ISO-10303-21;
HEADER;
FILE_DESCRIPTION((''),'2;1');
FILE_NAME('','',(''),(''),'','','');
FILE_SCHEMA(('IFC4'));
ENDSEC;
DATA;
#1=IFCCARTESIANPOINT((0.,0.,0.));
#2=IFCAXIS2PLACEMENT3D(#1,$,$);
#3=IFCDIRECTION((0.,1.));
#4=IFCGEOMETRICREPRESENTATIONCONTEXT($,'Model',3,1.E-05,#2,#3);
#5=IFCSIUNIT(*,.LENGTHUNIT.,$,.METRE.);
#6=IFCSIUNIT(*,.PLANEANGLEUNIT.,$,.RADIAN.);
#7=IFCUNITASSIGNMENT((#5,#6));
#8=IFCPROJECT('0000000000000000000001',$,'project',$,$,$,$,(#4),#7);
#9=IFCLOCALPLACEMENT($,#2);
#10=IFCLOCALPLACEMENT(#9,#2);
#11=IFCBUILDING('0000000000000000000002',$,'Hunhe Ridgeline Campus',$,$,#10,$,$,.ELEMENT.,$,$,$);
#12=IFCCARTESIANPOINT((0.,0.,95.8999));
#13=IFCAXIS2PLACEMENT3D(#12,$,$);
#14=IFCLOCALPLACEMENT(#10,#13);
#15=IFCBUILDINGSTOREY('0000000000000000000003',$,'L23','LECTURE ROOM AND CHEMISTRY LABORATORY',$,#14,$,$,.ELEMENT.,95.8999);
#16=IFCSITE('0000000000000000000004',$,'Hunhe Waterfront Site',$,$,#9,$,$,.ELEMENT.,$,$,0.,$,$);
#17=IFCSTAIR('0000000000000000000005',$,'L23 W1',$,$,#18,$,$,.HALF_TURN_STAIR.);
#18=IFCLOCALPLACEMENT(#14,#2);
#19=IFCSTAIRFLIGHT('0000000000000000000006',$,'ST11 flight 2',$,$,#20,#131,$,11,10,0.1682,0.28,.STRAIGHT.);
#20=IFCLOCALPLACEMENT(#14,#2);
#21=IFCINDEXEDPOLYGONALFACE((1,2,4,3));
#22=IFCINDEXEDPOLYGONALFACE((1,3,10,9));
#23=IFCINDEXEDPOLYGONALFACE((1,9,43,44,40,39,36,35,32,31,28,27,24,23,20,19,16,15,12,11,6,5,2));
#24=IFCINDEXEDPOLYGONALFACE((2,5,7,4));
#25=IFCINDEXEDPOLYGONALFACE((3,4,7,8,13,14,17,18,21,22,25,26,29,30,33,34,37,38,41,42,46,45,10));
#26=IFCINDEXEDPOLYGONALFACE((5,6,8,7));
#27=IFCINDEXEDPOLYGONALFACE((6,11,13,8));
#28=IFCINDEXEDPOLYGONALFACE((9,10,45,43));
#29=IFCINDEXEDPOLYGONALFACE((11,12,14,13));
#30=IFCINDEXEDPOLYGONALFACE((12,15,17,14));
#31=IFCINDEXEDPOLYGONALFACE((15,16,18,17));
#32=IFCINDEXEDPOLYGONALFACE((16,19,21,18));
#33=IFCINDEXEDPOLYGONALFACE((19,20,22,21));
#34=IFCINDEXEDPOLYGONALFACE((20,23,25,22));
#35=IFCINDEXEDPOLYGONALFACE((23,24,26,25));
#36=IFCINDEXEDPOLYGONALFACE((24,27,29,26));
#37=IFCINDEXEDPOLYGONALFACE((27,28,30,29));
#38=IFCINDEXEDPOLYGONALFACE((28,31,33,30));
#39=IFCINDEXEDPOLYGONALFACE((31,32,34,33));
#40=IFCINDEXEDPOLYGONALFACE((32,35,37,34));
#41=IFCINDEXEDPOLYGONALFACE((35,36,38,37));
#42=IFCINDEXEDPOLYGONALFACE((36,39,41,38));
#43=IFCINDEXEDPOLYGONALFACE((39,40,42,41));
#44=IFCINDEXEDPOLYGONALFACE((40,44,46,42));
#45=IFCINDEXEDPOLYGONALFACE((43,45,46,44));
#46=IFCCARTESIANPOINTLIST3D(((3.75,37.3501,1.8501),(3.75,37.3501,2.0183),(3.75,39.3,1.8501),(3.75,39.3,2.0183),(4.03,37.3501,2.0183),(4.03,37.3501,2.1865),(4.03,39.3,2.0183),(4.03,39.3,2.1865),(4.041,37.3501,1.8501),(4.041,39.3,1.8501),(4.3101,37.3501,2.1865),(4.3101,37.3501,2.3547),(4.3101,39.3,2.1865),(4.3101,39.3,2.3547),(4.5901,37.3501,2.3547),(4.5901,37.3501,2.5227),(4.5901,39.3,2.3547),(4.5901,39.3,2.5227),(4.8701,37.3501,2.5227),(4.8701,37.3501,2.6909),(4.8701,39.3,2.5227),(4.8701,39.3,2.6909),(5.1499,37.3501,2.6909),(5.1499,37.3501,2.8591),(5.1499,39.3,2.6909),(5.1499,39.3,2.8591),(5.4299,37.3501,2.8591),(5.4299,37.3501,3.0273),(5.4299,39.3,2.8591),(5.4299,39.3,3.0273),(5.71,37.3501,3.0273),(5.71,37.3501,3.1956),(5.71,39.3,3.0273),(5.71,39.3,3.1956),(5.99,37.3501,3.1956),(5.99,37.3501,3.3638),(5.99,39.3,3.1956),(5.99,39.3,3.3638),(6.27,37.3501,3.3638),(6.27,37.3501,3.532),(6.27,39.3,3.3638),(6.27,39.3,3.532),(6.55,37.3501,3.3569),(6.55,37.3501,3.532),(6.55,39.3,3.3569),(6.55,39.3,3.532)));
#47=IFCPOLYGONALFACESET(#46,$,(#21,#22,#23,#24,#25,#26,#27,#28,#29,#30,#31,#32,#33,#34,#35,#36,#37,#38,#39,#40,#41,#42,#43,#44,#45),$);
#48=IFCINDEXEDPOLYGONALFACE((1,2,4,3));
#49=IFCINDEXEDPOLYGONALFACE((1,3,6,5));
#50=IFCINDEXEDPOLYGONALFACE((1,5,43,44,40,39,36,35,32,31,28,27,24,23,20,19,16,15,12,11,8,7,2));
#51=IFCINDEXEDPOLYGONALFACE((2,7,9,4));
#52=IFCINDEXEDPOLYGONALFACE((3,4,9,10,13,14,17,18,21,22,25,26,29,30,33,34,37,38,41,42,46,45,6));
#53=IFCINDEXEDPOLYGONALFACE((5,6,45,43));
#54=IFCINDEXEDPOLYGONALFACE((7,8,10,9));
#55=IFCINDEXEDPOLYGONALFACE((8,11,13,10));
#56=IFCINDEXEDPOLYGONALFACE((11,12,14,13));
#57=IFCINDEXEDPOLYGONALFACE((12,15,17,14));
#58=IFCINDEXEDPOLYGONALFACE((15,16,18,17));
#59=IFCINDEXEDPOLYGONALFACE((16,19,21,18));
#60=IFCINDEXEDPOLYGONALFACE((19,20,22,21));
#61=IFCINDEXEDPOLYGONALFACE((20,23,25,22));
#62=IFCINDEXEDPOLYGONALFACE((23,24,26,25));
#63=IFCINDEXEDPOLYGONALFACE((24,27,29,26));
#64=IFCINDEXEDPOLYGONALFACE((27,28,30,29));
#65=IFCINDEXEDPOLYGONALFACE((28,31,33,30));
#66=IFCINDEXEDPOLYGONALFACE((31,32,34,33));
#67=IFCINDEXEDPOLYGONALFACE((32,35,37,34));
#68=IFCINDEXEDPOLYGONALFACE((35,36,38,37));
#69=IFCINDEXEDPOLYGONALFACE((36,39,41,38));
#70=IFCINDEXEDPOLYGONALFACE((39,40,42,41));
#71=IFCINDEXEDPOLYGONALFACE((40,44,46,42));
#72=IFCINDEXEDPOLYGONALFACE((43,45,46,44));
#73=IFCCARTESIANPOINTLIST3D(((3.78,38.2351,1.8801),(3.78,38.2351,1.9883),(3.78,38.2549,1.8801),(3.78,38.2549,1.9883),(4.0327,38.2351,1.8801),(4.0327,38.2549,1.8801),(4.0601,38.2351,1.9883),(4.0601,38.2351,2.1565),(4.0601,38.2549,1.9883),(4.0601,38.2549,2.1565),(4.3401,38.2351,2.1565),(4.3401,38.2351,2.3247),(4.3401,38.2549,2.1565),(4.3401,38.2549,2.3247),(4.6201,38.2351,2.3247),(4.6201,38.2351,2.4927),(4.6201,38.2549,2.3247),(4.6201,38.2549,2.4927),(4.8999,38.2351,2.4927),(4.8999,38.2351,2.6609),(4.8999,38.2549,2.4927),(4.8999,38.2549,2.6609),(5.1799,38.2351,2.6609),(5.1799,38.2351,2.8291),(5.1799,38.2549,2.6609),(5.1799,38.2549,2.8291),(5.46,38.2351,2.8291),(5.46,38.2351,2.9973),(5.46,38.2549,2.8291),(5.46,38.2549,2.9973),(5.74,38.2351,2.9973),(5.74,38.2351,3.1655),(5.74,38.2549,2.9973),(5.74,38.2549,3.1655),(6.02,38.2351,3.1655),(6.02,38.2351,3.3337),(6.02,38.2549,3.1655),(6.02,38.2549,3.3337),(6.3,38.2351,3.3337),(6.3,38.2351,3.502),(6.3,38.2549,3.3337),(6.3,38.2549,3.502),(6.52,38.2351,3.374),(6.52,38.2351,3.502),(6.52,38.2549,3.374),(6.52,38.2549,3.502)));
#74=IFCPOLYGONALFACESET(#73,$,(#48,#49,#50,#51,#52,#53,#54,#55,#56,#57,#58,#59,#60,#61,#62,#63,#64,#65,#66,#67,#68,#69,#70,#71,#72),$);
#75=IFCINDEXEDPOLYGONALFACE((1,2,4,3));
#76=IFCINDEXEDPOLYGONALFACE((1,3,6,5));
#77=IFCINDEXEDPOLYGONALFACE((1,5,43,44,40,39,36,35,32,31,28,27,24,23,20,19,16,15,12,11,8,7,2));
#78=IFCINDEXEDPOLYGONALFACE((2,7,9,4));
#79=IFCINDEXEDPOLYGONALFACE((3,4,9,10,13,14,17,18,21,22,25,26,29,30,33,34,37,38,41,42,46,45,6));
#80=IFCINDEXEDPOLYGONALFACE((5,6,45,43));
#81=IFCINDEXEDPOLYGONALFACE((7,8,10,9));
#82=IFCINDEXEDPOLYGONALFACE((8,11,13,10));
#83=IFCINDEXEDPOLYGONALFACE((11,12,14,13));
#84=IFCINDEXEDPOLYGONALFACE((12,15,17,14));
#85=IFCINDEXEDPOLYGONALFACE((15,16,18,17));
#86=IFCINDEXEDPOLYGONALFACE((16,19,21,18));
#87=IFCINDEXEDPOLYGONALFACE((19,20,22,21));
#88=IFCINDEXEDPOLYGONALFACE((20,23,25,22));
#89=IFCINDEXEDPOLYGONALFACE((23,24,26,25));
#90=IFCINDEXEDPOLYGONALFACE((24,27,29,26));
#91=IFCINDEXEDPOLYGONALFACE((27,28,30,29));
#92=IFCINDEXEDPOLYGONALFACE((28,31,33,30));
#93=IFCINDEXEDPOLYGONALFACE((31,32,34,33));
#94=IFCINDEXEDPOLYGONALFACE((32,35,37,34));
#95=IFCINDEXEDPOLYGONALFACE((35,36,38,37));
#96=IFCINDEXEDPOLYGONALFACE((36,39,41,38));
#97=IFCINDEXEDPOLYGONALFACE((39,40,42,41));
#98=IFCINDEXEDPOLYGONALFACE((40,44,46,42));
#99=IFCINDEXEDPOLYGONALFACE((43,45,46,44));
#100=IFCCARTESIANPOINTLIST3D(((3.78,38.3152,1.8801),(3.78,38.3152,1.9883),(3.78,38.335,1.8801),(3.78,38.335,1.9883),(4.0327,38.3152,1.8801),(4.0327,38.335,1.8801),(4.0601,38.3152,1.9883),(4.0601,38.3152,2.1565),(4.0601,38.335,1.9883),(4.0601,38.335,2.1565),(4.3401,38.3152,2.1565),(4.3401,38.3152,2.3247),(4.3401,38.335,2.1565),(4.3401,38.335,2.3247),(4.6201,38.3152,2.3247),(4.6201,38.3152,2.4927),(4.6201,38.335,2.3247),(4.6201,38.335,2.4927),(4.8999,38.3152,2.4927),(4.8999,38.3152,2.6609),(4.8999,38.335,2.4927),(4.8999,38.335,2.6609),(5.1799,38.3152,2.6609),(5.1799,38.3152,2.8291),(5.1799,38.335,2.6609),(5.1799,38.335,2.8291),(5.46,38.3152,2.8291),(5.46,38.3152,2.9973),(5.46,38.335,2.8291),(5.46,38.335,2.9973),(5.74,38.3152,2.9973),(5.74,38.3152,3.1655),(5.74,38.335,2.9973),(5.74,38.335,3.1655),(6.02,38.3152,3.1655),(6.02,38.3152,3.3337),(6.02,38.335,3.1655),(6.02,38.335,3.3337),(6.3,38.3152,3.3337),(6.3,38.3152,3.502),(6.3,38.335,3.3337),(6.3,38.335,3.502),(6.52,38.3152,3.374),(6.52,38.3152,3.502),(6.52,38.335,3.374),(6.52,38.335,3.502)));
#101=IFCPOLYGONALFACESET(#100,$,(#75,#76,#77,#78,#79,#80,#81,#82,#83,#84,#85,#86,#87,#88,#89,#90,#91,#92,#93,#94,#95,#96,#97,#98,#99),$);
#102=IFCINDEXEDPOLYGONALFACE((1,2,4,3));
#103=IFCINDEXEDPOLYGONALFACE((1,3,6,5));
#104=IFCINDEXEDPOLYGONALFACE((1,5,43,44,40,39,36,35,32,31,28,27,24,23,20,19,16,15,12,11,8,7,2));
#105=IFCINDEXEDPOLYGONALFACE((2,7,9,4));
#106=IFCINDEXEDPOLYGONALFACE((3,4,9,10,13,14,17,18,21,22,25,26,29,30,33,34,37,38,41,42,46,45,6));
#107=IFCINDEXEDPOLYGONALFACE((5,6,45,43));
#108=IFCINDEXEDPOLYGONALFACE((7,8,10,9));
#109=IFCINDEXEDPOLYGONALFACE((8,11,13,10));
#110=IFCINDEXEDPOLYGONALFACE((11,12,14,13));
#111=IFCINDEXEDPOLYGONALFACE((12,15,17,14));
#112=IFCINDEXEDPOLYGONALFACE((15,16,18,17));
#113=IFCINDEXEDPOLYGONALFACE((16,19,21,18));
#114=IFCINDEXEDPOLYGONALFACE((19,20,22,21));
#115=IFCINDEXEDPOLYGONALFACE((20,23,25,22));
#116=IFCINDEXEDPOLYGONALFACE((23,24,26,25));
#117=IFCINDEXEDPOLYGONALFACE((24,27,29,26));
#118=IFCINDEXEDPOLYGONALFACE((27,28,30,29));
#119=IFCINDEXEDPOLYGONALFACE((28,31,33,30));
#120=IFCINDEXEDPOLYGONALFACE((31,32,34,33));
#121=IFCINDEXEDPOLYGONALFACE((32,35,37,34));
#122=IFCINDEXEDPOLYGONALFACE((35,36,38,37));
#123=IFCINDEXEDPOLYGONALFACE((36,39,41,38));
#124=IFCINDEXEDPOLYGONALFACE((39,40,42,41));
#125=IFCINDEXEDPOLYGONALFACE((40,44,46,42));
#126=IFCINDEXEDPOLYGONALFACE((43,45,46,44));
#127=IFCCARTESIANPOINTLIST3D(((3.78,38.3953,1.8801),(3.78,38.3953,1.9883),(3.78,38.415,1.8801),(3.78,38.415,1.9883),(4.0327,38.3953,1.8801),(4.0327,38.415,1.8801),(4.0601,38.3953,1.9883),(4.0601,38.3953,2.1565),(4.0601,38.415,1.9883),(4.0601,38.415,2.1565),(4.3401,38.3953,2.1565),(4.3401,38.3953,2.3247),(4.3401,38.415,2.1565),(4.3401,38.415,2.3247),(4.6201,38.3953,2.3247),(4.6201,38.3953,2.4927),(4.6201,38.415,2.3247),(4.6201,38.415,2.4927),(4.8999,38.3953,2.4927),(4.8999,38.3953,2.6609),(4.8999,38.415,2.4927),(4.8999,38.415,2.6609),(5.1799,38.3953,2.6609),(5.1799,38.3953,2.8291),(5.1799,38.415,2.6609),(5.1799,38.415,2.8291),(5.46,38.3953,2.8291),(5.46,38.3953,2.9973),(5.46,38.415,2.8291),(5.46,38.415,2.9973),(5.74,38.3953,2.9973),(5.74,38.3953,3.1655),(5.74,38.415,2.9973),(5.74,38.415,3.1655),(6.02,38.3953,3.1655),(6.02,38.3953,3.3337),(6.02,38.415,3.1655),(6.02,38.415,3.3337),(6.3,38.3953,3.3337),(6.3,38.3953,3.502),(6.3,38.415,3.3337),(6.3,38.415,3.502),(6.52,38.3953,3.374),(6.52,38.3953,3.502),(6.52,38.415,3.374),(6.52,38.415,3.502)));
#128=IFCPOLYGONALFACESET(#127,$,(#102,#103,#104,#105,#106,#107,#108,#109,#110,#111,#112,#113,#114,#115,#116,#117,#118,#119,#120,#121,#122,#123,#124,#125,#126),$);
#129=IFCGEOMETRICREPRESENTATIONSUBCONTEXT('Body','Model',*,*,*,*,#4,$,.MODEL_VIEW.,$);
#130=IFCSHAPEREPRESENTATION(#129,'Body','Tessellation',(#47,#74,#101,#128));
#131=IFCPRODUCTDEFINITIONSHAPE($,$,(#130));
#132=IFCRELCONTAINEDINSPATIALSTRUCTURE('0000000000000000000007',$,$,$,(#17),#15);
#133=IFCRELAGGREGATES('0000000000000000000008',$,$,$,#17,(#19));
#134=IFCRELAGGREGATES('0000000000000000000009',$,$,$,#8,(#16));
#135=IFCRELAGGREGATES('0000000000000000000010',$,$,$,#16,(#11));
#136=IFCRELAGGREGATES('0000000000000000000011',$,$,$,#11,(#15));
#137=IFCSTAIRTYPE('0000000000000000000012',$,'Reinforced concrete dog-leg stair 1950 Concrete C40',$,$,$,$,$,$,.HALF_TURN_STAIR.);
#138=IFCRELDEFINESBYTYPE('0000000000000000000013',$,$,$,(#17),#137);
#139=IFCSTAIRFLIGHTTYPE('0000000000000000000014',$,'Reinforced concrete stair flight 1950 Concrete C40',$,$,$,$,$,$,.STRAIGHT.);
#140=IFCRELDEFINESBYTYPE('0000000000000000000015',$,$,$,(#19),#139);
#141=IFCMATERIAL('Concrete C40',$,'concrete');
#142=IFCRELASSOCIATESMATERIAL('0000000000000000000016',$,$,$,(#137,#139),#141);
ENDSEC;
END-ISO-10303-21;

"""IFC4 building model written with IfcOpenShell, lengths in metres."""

from ifc_helpers import new_model, si_unit, direction, frame, origin, place, context, subcontext, project, spatial, polyline, outline, extrude, material, type_object, element, aggregate, save


model = new_model("IFC4")

# Units and contexts
model_context = context("Model", 3, precision=1e-05, world=origin(), true_north=direction((0.0, 1.0)))
body_context = subcontext(model_context, "Body", "Model", "MODEL_VIEW")
ifc_project = project(units=[si_unit("LENGTHUNIT", "METRE"), si_unit("PLANEANGLEUNIT", "RADIAN")], contexts=[model_context])

# Site, building, storey
site_placement = place(None, origin())
site = spatial("IfcSite", under=ifc_project, at=site_placement, Name="Hunhe Waterfront Site", CompositionType="ELEMENT", RefElevation=0.0)
building_placement = place(site_placement, origin())
building = spatial("IfcBuilding", under=site, at=building_placement, Name="Hunhe Ridgeline Campus", CompositionType="ELEMENT")
storey_placement = place(building_placement, frame((0.0, 0.0, 95.8999)))
storey = spatial("IfcBuildingStorey", under=building, at=storey_placement, Name="L23", Description="LECTURE ROOM AND CHEMISTRY LABORATORY", CompositionType="ELEMENT", Elevation=95.8999)

# Shared definitions
ifc_material_1 = material(Name="Concrete C40", Category="concrete")
stair_type = type_object("IfcStairType", Name="Reinforced concrete dog-leg stair 1950 Concrete C40", PredefinedType="HALF_TURN_STAIR", material=ifc_material_1)
stair_flight_type = type_object("IfcStairFlightType", Name="Reinforced concrete stair flight 1950 Concrete C40", PredefinedType="STRAIGHT", material=ifc_material_1)

# Stair, stair flight
stair_1_placement = place(storey_placement, origin())
stair_1 = element("IfcStair", 1, at=stair_1_placement, inside=storey, type_object=stair_type, Name="L23 W1", PredefinedType="HALF_TURN_STAIR")
stair_flight_1_placement = place(storey_placement, frame((3.75, 38.325, 1.8501), z_axis=(0.0, 0.0, 1.0), x_axis=(1.0, 0.0, 0.0)))
stair_flight_1 = element("IfcStairFlight", 2, at=stair_flight_1_placement, type_object=stair_flight_type, Name="ST11 flight 2", NumberOfRisers=11, NumberOfTreads=10, PredefinedType="STRAIGHT", RiserHeight=0.1682, TreadLength=0.28, context=body_context, shape_type="SweptSolid", body=[
    extrude(outline(polyline([(0.0, 0.0), (0.0, 0.1682), (0.28, 0.1682), (0.28, 0.3364), (0.5601, 0.3364), (0.5601, 0.5046), (0.8401, 0.5046), (0.8401, 0.6726), (1.1201, 0.6726), (1.1201, 0.8408), (1.3999, 0.8408), (1.3999, 1.009), (1.6799, 1.009), (1.6799, 1.1772), (1.96, 1.1772), (1.96, 1.3455), (2.24, 1.3455), (2.24, 1.5137), (2.52, 1.5137), (2.52, 1.6819), (2.8, 1.6819), (2.8, 1.8501), (2.8, 1.5068), (0.291, 0.0), (0.0, 0.0)])), frame((0.0, 0.9751, 0.0), z_axis=(0.0, -1.0, 0.0), x_axis=(1.0, 0.0, 0.0)), (0.0, 0.0, 1.0), 1.95),
    extrude(outline(polyline([(0.03, 0.03), (0.03, 0.1382), (0.3101, 0.1382), (0.3101, 0.3064), (0.5901, 0.3064), (0.5901, 0.4746), (0.8701, 0.4746), (0.8701, 0.6426), (1.1499, 0.6426), (1.1499, 0.8108), (1.4299, 0.8108), (1.4299, 0.979), (1.71, 0.979), (1.71, 1.1472), (1.99, 1.1472), (1.99, 1.3154), (2.27, 1.3154), (2.27, 1.4836), (2.55, 1.4836), (2.55, 1.6519), (2.77, 1.6519), (2.77, 1.5239), (0.2827, 0.03), (0.03, 0.03)])), frame((0.0, -0.0701, 0.0), z_axis=(0.0, -1.0, 0.0), x_axis=(1.0, 0.0, 0.0)), (0.0, 0.0, 1.0), 0.0198),
    extrude(outline(polyline([(0.03, 0.03), (0.03, 0.1382), (0.3101, 0.1382), (0.3101, 0.3064), (0.5901, 0.3064), (0.5901, 0.4746), (0.8701, 0.4746), (0.8701, 0.6426), (1.1499, 0.6426), (1.1499, 0.8108), (1.4299, 0.8108), (1.4299, 0.979), (1.71, 0.979), (1.71, 1.1472), (1.99, 1.1472), (1.99, 1.3154), (2.27, 1.3154), (2.27, 1.4836), (2.55, 1.4836), (2.55, 1.6519), (2.77, 1.6519), (2.77, 1.5239), (0.2827, 0.03), (0.03, 0.03)])), frame((0.0, 0.01, 0.0), z_axis=(0.0, -1.0, 0.0), x_axis=(1.0, 0.0, 0.0)), (0.0, 0.0, 1.0), 0.0198),
    extrude(outline(polyline([(0.03, 0.03), (0.03, 0.1382), (0.3101, 0.1382), (0.3101, 0.3064), (0.5901, 0.3064), (0.5901, 0.4746), (0.8701, 0.4746), (0.8701, 0.6426), (1.1499, 0.6426), (1.1499, 0.8108), (1.4299, 0.8108), (1.4299, 0.979), (1.71, 0.979), (1.71, 1.1472), (1.99, 1.1472), (1.99, 1.3154), (2.27, 1.3154), (2.27, 1.4836), (2.55, 1.4836), (2.55, 1.6519), (2.77, 1.6519), (2.77, 1.5239), (0.2827, 0.03), (0.03, 0.03)])), frame((0.0, 0.0901, 0.0), z_axis=(0.0, -1.0, 0.0), x_axis=(1.0, 0.0, 0.0)), (0.0, 0.0, 1.0), 0.0198),
])
aggregate(stair_1, [stair_flight_1])

save(model, "model.ifc")
